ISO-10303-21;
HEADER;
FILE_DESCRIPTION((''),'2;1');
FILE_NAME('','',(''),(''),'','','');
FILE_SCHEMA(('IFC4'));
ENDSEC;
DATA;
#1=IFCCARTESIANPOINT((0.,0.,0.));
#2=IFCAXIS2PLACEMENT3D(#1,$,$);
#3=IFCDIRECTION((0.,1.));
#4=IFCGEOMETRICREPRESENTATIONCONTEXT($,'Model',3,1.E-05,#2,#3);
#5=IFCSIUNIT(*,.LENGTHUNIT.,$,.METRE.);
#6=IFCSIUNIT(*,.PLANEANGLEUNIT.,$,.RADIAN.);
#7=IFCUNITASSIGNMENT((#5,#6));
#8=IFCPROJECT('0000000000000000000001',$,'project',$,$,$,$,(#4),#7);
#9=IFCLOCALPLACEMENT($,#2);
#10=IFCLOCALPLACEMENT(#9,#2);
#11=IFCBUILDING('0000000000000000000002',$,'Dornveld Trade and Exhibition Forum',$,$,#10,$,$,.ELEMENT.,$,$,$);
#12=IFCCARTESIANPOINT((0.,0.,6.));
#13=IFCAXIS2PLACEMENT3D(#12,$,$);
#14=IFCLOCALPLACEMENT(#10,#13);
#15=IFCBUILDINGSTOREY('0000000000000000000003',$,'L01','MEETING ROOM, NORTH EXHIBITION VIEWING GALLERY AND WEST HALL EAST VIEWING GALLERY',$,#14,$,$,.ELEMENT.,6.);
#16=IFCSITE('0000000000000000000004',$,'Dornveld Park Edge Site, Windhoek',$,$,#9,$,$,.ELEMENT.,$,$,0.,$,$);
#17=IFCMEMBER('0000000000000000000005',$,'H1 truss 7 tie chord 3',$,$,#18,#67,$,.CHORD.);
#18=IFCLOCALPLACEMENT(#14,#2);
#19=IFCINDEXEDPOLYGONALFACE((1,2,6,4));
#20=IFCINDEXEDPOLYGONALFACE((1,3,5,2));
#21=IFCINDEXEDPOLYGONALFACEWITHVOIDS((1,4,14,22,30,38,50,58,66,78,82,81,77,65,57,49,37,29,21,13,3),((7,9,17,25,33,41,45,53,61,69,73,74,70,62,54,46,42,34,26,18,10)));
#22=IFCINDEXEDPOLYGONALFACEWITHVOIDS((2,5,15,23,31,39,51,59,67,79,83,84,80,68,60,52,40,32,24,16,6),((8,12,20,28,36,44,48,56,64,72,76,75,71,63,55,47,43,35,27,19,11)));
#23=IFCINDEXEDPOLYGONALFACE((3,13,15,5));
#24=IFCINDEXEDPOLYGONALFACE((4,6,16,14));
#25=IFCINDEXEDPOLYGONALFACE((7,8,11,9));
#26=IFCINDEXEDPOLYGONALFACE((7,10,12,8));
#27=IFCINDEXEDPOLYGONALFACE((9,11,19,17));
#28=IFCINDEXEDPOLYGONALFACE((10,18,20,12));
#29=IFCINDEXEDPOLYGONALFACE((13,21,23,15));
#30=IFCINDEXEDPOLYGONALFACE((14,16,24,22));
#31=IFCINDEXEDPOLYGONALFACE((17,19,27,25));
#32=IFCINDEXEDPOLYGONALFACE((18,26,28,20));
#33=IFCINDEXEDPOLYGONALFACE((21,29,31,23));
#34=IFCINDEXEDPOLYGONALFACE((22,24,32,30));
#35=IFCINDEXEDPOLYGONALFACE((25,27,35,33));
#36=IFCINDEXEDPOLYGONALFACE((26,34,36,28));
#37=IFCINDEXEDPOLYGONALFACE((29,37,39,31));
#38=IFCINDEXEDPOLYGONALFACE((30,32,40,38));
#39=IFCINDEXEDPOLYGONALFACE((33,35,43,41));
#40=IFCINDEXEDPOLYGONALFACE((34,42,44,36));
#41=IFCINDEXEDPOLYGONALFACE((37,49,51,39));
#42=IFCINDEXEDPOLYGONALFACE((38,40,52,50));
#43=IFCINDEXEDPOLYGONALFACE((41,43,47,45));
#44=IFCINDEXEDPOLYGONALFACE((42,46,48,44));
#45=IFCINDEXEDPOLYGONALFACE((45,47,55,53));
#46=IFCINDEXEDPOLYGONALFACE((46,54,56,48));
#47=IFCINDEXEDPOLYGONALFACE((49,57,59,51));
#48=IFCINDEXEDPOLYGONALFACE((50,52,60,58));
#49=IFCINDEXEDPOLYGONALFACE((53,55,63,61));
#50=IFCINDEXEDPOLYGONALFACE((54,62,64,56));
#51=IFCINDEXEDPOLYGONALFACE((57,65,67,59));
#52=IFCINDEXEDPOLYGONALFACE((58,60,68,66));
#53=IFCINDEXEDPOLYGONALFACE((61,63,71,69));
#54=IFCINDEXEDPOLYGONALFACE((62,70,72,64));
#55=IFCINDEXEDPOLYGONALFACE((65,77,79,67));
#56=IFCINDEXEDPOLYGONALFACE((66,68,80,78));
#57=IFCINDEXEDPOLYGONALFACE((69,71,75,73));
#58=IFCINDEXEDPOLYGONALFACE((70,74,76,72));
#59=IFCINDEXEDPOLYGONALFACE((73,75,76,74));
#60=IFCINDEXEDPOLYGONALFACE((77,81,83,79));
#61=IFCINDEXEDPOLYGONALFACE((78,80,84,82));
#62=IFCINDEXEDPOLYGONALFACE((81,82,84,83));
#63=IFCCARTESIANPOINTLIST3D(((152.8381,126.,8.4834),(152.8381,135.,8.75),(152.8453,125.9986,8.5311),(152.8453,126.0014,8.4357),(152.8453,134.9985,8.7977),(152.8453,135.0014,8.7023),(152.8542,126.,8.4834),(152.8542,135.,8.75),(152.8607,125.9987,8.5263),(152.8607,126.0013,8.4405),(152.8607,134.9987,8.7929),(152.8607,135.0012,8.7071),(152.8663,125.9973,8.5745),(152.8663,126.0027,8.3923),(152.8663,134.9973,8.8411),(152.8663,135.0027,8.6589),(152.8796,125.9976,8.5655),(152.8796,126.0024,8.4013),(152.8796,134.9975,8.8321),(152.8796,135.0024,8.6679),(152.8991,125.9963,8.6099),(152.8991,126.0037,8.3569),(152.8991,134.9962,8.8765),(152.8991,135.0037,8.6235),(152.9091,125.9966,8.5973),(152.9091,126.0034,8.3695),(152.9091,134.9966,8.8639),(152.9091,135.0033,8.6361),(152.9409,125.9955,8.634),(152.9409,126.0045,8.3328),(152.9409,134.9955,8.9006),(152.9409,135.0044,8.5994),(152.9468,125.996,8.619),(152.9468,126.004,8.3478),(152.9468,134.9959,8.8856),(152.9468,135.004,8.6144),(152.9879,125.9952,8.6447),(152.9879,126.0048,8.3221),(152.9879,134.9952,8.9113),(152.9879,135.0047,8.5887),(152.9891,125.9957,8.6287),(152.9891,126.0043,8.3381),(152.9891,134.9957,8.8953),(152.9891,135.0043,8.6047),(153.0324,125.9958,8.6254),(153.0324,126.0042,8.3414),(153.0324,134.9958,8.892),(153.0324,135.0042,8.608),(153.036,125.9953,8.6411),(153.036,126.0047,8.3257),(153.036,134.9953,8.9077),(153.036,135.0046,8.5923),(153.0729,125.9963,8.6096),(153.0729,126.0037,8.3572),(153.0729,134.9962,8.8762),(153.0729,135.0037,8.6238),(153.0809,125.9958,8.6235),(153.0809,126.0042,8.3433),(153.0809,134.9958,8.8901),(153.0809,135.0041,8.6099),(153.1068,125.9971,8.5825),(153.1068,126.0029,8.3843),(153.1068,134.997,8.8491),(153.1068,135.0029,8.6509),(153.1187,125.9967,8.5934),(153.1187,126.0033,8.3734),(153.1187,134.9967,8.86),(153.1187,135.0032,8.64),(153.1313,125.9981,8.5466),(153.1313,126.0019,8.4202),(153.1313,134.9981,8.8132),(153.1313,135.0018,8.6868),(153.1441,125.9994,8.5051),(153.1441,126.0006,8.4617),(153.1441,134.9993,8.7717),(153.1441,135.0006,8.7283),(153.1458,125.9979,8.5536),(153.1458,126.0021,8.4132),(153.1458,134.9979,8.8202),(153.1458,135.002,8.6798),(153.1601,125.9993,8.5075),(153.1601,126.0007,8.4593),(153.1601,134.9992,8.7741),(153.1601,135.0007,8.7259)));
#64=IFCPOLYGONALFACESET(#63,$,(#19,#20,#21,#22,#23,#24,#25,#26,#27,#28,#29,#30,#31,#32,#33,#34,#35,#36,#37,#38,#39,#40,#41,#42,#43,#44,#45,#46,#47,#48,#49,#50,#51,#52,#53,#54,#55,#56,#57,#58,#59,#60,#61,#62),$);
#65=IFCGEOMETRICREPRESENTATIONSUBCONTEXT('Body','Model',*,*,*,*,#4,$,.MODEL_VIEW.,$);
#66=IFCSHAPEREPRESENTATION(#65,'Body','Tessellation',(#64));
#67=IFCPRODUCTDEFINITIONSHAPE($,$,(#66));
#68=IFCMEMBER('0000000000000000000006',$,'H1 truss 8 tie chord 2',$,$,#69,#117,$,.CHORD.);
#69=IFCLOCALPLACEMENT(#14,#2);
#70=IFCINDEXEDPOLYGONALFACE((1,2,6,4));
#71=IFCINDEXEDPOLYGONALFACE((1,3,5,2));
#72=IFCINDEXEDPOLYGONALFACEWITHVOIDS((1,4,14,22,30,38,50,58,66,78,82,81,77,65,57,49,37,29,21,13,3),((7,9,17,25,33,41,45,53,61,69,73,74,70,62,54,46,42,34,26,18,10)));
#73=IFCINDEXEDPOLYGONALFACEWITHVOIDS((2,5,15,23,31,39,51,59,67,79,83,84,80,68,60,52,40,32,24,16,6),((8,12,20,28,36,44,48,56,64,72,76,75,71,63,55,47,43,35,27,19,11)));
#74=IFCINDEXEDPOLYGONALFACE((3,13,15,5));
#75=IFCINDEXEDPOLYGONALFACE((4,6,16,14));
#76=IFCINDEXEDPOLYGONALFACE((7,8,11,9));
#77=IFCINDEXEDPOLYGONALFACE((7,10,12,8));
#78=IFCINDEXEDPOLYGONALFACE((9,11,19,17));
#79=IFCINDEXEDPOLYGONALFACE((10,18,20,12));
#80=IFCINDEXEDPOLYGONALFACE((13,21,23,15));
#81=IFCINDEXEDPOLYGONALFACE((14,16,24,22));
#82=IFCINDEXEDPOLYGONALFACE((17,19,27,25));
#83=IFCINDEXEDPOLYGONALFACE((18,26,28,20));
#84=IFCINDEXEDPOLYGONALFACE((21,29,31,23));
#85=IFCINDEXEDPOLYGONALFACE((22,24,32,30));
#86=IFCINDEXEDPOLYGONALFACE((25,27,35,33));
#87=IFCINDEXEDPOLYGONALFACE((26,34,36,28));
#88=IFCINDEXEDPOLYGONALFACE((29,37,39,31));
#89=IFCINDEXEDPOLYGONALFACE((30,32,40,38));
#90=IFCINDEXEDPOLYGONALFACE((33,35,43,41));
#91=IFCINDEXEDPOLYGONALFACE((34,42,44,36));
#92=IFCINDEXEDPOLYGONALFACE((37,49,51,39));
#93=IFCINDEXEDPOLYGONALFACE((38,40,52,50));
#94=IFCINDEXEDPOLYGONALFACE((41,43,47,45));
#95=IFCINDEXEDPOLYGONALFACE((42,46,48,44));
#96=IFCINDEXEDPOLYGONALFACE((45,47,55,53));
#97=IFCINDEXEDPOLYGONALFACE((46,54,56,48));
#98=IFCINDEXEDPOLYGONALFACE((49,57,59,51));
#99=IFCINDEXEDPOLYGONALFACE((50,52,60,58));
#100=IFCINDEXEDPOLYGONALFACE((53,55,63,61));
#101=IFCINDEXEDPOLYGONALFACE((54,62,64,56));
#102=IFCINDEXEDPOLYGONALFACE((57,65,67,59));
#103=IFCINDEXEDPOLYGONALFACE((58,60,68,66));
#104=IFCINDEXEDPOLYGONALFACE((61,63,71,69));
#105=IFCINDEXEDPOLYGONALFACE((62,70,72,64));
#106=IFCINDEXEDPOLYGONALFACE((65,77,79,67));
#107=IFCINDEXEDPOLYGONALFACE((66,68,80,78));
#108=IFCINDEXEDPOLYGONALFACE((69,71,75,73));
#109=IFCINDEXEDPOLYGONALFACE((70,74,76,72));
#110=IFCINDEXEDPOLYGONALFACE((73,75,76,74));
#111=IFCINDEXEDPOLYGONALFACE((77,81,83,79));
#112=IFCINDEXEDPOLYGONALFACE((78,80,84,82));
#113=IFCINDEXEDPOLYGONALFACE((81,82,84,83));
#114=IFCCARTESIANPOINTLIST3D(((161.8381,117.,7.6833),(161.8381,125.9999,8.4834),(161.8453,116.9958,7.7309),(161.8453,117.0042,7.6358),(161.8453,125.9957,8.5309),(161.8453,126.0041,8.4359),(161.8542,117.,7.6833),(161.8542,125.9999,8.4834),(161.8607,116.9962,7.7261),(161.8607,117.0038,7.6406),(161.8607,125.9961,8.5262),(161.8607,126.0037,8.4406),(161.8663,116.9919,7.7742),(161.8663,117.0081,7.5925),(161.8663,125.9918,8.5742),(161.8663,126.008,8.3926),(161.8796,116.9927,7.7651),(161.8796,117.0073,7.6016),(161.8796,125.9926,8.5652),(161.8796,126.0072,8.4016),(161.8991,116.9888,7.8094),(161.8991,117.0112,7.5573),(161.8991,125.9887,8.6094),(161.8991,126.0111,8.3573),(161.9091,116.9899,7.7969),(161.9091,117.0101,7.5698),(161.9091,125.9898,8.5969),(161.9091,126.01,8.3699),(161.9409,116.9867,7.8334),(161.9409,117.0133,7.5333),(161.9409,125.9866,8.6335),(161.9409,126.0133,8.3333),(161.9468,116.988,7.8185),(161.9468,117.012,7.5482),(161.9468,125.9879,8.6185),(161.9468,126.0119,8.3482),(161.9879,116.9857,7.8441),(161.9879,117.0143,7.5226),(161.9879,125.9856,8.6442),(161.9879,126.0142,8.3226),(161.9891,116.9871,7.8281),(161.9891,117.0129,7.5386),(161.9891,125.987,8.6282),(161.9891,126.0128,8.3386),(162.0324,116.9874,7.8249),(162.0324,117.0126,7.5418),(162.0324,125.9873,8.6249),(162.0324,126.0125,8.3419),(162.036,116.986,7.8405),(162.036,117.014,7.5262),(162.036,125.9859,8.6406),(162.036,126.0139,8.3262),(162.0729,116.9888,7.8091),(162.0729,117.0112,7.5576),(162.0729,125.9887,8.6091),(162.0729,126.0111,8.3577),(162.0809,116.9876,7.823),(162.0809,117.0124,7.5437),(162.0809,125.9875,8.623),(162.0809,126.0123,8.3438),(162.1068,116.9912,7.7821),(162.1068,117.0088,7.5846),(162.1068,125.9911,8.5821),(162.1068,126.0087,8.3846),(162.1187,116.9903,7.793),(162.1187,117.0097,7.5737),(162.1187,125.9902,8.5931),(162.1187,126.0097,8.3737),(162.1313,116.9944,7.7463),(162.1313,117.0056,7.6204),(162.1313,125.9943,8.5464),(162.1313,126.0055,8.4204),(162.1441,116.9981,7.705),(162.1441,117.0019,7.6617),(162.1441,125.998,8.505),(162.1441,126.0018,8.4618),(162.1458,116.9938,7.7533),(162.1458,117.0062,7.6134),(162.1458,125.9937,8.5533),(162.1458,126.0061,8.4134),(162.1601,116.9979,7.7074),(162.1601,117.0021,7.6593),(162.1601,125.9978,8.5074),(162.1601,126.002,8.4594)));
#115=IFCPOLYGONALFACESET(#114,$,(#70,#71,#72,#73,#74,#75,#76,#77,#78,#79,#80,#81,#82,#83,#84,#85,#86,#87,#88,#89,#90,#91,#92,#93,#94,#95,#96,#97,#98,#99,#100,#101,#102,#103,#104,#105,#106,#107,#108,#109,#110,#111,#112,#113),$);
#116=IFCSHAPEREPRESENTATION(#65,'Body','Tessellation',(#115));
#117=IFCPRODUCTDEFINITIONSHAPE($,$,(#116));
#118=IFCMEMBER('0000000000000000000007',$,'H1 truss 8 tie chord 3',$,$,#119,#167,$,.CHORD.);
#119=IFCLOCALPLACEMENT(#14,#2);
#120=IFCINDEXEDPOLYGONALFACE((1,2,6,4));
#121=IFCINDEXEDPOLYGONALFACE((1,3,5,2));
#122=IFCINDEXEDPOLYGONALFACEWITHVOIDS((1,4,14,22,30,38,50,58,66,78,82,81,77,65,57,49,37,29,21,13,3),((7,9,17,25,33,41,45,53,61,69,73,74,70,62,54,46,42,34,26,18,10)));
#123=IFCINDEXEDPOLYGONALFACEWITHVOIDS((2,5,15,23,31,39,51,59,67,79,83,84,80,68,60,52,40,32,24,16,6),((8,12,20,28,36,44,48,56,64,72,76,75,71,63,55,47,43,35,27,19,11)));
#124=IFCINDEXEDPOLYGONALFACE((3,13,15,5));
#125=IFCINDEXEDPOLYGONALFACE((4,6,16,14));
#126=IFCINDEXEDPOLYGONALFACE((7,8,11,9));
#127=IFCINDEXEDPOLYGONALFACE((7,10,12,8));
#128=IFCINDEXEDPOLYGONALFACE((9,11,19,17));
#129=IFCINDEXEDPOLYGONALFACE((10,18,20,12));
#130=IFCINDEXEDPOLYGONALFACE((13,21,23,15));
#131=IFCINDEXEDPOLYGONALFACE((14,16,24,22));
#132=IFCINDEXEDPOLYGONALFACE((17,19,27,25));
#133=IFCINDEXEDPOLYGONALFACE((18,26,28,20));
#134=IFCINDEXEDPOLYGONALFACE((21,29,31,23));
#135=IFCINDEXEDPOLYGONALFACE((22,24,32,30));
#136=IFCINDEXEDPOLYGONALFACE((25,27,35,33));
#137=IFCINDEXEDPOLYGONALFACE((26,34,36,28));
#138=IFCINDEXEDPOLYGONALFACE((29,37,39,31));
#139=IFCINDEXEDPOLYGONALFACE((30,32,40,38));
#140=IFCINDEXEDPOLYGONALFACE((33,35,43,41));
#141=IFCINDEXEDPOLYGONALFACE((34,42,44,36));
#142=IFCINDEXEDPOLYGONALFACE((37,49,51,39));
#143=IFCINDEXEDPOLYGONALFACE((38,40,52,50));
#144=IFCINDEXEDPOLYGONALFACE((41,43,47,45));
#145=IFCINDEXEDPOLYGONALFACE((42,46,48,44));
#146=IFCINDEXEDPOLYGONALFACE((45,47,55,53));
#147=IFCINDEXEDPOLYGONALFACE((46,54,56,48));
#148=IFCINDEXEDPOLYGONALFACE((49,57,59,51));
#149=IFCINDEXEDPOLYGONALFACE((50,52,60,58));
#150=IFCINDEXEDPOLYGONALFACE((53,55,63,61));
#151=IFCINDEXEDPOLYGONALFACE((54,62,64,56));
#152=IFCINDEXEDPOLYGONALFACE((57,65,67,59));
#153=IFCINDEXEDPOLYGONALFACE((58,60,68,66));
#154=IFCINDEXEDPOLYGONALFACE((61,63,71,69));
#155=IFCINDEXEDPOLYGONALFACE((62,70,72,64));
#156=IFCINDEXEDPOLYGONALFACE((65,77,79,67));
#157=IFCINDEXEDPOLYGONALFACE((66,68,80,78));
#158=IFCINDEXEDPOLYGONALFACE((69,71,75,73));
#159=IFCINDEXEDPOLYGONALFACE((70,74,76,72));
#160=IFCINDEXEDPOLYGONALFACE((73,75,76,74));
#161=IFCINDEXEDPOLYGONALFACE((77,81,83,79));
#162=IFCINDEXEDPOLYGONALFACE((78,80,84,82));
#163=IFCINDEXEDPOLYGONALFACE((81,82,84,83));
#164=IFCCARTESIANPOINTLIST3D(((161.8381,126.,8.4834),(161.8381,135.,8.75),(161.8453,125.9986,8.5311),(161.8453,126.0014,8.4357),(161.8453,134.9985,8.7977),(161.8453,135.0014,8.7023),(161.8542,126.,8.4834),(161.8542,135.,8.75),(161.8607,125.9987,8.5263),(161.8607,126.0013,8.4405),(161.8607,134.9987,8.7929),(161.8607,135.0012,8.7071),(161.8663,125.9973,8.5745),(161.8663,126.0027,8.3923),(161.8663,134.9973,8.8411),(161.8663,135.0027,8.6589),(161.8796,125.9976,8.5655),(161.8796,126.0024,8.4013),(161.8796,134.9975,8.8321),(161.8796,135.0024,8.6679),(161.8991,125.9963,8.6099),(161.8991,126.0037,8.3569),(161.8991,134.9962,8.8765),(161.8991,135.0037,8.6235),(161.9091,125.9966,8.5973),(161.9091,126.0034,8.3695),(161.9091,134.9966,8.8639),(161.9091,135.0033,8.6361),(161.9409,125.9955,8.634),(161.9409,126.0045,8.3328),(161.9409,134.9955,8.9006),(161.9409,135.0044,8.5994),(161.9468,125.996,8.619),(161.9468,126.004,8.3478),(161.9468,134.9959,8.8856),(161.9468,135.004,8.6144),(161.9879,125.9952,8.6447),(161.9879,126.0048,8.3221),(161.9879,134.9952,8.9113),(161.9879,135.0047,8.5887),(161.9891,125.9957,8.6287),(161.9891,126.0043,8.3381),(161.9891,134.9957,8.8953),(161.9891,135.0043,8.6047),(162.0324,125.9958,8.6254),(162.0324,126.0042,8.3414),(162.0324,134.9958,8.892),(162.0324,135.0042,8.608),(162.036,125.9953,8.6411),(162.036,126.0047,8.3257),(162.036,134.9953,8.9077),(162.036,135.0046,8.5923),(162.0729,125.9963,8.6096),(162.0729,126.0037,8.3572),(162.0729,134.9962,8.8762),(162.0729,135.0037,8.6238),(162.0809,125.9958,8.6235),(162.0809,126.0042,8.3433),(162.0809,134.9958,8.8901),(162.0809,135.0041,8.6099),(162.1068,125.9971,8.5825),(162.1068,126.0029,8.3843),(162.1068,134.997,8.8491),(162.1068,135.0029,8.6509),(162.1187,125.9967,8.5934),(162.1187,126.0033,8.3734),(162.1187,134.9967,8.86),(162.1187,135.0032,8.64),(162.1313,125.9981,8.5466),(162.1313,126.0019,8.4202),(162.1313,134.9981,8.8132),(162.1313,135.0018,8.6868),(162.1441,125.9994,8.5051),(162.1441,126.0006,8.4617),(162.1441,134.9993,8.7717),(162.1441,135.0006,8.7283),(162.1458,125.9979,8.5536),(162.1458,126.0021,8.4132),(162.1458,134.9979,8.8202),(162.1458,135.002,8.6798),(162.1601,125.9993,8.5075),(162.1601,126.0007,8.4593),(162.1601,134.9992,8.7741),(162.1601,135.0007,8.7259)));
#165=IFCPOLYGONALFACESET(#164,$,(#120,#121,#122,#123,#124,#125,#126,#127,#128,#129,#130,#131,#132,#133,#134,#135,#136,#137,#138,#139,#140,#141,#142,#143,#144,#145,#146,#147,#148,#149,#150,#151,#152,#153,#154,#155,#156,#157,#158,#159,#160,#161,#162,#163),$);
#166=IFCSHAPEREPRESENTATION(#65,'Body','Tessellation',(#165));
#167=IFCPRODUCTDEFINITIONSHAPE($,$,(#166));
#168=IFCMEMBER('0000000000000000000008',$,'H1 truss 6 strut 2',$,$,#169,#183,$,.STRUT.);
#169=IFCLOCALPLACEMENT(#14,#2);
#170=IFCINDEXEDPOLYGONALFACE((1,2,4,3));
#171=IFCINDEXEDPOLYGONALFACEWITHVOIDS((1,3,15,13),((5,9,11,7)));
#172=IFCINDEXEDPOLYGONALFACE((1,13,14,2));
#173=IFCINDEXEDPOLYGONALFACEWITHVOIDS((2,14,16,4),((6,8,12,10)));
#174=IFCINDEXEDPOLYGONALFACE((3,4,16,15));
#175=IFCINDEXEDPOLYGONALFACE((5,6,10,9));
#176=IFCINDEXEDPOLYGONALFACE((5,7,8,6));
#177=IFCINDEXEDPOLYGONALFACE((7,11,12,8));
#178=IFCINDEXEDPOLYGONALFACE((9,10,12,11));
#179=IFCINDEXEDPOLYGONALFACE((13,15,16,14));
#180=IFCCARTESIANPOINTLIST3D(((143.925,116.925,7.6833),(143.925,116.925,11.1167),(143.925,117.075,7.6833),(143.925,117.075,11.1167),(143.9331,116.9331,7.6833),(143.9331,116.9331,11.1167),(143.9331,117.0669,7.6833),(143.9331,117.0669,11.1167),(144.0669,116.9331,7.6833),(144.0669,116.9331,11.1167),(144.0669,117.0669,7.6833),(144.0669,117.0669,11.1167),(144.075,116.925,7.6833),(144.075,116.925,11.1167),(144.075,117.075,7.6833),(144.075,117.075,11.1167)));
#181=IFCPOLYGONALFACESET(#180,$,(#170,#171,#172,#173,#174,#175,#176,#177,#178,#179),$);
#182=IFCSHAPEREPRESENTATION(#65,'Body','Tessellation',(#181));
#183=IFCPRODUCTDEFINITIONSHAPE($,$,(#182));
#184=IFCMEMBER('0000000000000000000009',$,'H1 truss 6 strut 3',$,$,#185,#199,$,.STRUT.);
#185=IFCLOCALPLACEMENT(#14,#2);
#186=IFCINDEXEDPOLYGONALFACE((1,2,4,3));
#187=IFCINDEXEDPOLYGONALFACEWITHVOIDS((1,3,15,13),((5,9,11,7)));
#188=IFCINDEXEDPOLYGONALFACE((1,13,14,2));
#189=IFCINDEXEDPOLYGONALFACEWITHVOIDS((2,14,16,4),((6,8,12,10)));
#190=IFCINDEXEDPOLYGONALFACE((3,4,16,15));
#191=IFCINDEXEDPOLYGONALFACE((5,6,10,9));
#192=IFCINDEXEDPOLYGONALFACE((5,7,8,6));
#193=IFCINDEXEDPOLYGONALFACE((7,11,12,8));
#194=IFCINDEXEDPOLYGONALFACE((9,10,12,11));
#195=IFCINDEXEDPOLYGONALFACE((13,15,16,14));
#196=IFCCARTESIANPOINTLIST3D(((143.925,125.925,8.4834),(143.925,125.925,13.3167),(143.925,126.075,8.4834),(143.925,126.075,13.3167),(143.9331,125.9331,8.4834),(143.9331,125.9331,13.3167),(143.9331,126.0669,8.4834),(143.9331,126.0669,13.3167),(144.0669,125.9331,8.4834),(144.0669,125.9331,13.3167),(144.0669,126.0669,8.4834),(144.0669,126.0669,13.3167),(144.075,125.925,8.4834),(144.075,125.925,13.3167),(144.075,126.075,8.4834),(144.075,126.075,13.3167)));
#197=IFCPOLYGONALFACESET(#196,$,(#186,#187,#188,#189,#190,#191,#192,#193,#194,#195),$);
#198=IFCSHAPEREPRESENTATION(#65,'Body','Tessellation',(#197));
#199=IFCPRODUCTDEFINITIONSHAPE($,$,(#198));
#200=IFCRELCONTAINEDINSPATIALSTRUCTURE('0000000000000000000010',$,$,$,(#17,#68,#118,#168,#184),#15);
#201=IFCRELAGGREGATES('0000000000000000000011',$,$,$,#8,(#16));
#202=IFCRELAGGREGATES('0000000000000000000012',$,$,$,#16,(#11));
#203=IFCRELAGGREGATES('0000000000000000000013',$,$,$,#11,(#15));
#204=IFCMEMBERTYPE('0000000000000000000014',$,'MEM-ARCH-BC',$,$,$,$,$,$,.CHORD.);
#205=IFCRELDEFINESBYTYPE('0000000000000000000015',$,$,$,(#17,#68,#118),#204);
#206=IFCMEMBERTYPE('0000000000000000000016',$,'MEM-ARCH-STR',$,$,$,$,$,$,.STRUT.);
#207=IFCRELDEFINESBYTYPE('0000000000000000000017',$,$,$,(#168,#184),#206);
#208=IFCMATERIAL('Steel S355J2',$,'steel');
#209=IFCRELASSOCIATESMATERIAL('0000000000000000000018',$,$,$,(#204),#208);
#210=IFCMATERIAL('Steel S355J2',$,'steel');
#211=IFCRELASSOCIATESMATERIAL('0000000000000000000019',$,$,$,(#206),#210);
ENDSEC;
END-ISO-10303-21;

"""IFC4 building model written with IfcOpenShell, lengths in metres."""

from ifc_helpers import new_model, si_unit, direction, frame, origin, origin_2d, place, context, subcontext, project, spatial, hollow_rectangle, hollow_circle, extrude, material, material_profile, profile_set, type_object, element, save


model = new_model("IFC4")

# Units and contexts
model_context = context("Model", 3, precision=1e-05, world=origin(), true_north=direction((0.0, 1.0)))
body_context = subcontext(model_context, "Body", "Model", "MODEL_VIEW")
ifc_project = project(units=[si_unit("LENGTHUNIT", "METRE"), si_unit("PLANEANGLEUNIT", "RADIAN")], contexts=[model_context])

# Site, building, storey
site_placement = place(None, origin())
site = spatial("IfcSite", under=ifc_project, at=site_placement, Name="Dornveld Park Edge Site, Windhoek", CompositionType="ELEMENT", RefElevation=0.0)
building_placement = place(site_placement, origin())
building = spatial("IfcBuilding", under=site, at=building_placement, Name="Dornveld Trade and Exhibition Forum", CompositionType="ELEMENT")
storey_placement = place(building_placement, frame((0.0, 0.0, 6.0)))
storey = spatial("IfcBuildingStorey", under=building, at=storey_placement, Name="L01", Description="MEETING ROOM, NORTH EXHIBITION VIEWING GALLERY AND WEST HALL EAST VIEWING GALLERY", CompositionType="ELEMENT", Elevation=6.0)

# Members
ifc_material_1 = material(Name="Steel S355J2", Category="steel")
ifc_material_profile_1 = material_profile(ifc_material_1, hollow_circle(Radius=0.1619, WallThickness=0.0161, at=origin_2d()), Name="CHS 323.9x16")
ifc_profile_set_1 = profile_set([ifc_material_profile_1], Name="Steel S355J2")
member_type_1 = type_object("IfcMemberType", Name="MEM-ARCH-BC", PredefinedType="CHORD", material=ifc_profile_set_1)
member_1_placement = place(storey_placement, frame((153.0, 126.0, 8.4834), z_axis=(0.0, 0.999562, 0.029609), x_axis=(-1.0, 0.0, 0.0)))
element("IfcMember", 1, at=member_1_placement, inside=storey, type_object=member_type_1, Name="H1 truss 7 tie chord 3", PredefinedType="CHORD", context=body_context, shape_type="SweptSolid", body=[
    extrude(hollow_circle(Radius=0.1619, WallThickness=0.0161, at=origin_2d()), origin(), (0.0, 0.0, 1.0), 9.0039),
])
member_2_placement = place(storey_placement, frame((162.0, 117.0, 7.6833), z_axis=(0.0, 0.996072, 0.088545), x_axis=(-1.0, 0.0, 0.0)))
element("IfcMember", 2, at=member_2_placement, inside=storey, type_object=member_type_1, Name="H1 truss 8 tie chord 2", PredefinedType="CHORD", context=body_context, shape_type="SweptSolid", body=[
    extrude(hollow_circle(Radius=0.1619, WallThickness=0.0161, at=origin_2d()), origin(), (0.0, 0.0, 1.0), 9.0354),
])
member_3_placement = place(storey_placement, frame((162.0, 126.0, 8.4834), z_axis=(0.0, 0.999562, 0.029609), x_axis=(-1.0, 0.0, 0.0)))
element("IfcMember", 3, at=member_3_placement, inside=storey, type_object=member_type_1, Name="H1 truss 8 tie chord 3", PredefinedType="CHORD", context=body_context, shape_type="SweptSolid", body=[
    extrude(hollow_circle(Radius=0.1619, WallThickness=0.0161, at=origin_2d()), origin(), (0.0, 0.0, 1.0), 9.0039),
])
ifc_material_2 = material(Name="Steel S355J2", Category="steel")
ifc_material_profile_2 = material_profile(ifc_material_2, hollow_rectangle(XDim=0.1499, YDim=0.1499, WallThickness=0.0081, at=origin_2d()), Name="SHS 150x150x8")
ifc_profile_set_2 = profile_set([ifc_material_profile_2], Name="Steel S355J2")
member_type_2 = type_object("IfcMemberType", Name="MEM-ARCH-STR", PredefinedType="STRUT", material=ifc_profile_set_2)
member_4_placement = place(storey_placement, frame((144.0, 117.0, 7.6833), z_axis=(0.0, 0.0, 1.0), x_axis=(1.0, 0.0, 0.0)))
element("IfcMember", 4, at=member_4_placement, inside=storey, type_object=member_type_2, Name="H1 truss 6 strut 2", PredefinedType="STRUT", context=body_context, shape_type="SweptSolid", body=[
    extrude(hollow_rectangle(XDim=0.1499, YDim=0.1499, WallThickness=0.0081, at=origin_2d()), origin(), (0.0, 0.0, 1.0), 3.4333),
])
member_5_placement = place(storey_placement, frame((144.0, 126.0, 8.4834), z_axis=(0.0, 0.0, 1.0), x_axis=(1.0, 0.0, 0.0)))
element("IfcMember", 5, at=member_5_placement, inside=storey, type_object=member_type_2, Name="H1 truss 6 strut 3", PredefinedType="STRUT", context=body_context, shape_type="SweptSolid", body=[
    extrude(hollow_rectangle(XDim=0.1499, YDim=0.1499, WallThickness=0.0081, at=origin_2d()), origin(), (0.0, 0.0, 1.0), 4.8333),
])

save(model, "model.ifc")
